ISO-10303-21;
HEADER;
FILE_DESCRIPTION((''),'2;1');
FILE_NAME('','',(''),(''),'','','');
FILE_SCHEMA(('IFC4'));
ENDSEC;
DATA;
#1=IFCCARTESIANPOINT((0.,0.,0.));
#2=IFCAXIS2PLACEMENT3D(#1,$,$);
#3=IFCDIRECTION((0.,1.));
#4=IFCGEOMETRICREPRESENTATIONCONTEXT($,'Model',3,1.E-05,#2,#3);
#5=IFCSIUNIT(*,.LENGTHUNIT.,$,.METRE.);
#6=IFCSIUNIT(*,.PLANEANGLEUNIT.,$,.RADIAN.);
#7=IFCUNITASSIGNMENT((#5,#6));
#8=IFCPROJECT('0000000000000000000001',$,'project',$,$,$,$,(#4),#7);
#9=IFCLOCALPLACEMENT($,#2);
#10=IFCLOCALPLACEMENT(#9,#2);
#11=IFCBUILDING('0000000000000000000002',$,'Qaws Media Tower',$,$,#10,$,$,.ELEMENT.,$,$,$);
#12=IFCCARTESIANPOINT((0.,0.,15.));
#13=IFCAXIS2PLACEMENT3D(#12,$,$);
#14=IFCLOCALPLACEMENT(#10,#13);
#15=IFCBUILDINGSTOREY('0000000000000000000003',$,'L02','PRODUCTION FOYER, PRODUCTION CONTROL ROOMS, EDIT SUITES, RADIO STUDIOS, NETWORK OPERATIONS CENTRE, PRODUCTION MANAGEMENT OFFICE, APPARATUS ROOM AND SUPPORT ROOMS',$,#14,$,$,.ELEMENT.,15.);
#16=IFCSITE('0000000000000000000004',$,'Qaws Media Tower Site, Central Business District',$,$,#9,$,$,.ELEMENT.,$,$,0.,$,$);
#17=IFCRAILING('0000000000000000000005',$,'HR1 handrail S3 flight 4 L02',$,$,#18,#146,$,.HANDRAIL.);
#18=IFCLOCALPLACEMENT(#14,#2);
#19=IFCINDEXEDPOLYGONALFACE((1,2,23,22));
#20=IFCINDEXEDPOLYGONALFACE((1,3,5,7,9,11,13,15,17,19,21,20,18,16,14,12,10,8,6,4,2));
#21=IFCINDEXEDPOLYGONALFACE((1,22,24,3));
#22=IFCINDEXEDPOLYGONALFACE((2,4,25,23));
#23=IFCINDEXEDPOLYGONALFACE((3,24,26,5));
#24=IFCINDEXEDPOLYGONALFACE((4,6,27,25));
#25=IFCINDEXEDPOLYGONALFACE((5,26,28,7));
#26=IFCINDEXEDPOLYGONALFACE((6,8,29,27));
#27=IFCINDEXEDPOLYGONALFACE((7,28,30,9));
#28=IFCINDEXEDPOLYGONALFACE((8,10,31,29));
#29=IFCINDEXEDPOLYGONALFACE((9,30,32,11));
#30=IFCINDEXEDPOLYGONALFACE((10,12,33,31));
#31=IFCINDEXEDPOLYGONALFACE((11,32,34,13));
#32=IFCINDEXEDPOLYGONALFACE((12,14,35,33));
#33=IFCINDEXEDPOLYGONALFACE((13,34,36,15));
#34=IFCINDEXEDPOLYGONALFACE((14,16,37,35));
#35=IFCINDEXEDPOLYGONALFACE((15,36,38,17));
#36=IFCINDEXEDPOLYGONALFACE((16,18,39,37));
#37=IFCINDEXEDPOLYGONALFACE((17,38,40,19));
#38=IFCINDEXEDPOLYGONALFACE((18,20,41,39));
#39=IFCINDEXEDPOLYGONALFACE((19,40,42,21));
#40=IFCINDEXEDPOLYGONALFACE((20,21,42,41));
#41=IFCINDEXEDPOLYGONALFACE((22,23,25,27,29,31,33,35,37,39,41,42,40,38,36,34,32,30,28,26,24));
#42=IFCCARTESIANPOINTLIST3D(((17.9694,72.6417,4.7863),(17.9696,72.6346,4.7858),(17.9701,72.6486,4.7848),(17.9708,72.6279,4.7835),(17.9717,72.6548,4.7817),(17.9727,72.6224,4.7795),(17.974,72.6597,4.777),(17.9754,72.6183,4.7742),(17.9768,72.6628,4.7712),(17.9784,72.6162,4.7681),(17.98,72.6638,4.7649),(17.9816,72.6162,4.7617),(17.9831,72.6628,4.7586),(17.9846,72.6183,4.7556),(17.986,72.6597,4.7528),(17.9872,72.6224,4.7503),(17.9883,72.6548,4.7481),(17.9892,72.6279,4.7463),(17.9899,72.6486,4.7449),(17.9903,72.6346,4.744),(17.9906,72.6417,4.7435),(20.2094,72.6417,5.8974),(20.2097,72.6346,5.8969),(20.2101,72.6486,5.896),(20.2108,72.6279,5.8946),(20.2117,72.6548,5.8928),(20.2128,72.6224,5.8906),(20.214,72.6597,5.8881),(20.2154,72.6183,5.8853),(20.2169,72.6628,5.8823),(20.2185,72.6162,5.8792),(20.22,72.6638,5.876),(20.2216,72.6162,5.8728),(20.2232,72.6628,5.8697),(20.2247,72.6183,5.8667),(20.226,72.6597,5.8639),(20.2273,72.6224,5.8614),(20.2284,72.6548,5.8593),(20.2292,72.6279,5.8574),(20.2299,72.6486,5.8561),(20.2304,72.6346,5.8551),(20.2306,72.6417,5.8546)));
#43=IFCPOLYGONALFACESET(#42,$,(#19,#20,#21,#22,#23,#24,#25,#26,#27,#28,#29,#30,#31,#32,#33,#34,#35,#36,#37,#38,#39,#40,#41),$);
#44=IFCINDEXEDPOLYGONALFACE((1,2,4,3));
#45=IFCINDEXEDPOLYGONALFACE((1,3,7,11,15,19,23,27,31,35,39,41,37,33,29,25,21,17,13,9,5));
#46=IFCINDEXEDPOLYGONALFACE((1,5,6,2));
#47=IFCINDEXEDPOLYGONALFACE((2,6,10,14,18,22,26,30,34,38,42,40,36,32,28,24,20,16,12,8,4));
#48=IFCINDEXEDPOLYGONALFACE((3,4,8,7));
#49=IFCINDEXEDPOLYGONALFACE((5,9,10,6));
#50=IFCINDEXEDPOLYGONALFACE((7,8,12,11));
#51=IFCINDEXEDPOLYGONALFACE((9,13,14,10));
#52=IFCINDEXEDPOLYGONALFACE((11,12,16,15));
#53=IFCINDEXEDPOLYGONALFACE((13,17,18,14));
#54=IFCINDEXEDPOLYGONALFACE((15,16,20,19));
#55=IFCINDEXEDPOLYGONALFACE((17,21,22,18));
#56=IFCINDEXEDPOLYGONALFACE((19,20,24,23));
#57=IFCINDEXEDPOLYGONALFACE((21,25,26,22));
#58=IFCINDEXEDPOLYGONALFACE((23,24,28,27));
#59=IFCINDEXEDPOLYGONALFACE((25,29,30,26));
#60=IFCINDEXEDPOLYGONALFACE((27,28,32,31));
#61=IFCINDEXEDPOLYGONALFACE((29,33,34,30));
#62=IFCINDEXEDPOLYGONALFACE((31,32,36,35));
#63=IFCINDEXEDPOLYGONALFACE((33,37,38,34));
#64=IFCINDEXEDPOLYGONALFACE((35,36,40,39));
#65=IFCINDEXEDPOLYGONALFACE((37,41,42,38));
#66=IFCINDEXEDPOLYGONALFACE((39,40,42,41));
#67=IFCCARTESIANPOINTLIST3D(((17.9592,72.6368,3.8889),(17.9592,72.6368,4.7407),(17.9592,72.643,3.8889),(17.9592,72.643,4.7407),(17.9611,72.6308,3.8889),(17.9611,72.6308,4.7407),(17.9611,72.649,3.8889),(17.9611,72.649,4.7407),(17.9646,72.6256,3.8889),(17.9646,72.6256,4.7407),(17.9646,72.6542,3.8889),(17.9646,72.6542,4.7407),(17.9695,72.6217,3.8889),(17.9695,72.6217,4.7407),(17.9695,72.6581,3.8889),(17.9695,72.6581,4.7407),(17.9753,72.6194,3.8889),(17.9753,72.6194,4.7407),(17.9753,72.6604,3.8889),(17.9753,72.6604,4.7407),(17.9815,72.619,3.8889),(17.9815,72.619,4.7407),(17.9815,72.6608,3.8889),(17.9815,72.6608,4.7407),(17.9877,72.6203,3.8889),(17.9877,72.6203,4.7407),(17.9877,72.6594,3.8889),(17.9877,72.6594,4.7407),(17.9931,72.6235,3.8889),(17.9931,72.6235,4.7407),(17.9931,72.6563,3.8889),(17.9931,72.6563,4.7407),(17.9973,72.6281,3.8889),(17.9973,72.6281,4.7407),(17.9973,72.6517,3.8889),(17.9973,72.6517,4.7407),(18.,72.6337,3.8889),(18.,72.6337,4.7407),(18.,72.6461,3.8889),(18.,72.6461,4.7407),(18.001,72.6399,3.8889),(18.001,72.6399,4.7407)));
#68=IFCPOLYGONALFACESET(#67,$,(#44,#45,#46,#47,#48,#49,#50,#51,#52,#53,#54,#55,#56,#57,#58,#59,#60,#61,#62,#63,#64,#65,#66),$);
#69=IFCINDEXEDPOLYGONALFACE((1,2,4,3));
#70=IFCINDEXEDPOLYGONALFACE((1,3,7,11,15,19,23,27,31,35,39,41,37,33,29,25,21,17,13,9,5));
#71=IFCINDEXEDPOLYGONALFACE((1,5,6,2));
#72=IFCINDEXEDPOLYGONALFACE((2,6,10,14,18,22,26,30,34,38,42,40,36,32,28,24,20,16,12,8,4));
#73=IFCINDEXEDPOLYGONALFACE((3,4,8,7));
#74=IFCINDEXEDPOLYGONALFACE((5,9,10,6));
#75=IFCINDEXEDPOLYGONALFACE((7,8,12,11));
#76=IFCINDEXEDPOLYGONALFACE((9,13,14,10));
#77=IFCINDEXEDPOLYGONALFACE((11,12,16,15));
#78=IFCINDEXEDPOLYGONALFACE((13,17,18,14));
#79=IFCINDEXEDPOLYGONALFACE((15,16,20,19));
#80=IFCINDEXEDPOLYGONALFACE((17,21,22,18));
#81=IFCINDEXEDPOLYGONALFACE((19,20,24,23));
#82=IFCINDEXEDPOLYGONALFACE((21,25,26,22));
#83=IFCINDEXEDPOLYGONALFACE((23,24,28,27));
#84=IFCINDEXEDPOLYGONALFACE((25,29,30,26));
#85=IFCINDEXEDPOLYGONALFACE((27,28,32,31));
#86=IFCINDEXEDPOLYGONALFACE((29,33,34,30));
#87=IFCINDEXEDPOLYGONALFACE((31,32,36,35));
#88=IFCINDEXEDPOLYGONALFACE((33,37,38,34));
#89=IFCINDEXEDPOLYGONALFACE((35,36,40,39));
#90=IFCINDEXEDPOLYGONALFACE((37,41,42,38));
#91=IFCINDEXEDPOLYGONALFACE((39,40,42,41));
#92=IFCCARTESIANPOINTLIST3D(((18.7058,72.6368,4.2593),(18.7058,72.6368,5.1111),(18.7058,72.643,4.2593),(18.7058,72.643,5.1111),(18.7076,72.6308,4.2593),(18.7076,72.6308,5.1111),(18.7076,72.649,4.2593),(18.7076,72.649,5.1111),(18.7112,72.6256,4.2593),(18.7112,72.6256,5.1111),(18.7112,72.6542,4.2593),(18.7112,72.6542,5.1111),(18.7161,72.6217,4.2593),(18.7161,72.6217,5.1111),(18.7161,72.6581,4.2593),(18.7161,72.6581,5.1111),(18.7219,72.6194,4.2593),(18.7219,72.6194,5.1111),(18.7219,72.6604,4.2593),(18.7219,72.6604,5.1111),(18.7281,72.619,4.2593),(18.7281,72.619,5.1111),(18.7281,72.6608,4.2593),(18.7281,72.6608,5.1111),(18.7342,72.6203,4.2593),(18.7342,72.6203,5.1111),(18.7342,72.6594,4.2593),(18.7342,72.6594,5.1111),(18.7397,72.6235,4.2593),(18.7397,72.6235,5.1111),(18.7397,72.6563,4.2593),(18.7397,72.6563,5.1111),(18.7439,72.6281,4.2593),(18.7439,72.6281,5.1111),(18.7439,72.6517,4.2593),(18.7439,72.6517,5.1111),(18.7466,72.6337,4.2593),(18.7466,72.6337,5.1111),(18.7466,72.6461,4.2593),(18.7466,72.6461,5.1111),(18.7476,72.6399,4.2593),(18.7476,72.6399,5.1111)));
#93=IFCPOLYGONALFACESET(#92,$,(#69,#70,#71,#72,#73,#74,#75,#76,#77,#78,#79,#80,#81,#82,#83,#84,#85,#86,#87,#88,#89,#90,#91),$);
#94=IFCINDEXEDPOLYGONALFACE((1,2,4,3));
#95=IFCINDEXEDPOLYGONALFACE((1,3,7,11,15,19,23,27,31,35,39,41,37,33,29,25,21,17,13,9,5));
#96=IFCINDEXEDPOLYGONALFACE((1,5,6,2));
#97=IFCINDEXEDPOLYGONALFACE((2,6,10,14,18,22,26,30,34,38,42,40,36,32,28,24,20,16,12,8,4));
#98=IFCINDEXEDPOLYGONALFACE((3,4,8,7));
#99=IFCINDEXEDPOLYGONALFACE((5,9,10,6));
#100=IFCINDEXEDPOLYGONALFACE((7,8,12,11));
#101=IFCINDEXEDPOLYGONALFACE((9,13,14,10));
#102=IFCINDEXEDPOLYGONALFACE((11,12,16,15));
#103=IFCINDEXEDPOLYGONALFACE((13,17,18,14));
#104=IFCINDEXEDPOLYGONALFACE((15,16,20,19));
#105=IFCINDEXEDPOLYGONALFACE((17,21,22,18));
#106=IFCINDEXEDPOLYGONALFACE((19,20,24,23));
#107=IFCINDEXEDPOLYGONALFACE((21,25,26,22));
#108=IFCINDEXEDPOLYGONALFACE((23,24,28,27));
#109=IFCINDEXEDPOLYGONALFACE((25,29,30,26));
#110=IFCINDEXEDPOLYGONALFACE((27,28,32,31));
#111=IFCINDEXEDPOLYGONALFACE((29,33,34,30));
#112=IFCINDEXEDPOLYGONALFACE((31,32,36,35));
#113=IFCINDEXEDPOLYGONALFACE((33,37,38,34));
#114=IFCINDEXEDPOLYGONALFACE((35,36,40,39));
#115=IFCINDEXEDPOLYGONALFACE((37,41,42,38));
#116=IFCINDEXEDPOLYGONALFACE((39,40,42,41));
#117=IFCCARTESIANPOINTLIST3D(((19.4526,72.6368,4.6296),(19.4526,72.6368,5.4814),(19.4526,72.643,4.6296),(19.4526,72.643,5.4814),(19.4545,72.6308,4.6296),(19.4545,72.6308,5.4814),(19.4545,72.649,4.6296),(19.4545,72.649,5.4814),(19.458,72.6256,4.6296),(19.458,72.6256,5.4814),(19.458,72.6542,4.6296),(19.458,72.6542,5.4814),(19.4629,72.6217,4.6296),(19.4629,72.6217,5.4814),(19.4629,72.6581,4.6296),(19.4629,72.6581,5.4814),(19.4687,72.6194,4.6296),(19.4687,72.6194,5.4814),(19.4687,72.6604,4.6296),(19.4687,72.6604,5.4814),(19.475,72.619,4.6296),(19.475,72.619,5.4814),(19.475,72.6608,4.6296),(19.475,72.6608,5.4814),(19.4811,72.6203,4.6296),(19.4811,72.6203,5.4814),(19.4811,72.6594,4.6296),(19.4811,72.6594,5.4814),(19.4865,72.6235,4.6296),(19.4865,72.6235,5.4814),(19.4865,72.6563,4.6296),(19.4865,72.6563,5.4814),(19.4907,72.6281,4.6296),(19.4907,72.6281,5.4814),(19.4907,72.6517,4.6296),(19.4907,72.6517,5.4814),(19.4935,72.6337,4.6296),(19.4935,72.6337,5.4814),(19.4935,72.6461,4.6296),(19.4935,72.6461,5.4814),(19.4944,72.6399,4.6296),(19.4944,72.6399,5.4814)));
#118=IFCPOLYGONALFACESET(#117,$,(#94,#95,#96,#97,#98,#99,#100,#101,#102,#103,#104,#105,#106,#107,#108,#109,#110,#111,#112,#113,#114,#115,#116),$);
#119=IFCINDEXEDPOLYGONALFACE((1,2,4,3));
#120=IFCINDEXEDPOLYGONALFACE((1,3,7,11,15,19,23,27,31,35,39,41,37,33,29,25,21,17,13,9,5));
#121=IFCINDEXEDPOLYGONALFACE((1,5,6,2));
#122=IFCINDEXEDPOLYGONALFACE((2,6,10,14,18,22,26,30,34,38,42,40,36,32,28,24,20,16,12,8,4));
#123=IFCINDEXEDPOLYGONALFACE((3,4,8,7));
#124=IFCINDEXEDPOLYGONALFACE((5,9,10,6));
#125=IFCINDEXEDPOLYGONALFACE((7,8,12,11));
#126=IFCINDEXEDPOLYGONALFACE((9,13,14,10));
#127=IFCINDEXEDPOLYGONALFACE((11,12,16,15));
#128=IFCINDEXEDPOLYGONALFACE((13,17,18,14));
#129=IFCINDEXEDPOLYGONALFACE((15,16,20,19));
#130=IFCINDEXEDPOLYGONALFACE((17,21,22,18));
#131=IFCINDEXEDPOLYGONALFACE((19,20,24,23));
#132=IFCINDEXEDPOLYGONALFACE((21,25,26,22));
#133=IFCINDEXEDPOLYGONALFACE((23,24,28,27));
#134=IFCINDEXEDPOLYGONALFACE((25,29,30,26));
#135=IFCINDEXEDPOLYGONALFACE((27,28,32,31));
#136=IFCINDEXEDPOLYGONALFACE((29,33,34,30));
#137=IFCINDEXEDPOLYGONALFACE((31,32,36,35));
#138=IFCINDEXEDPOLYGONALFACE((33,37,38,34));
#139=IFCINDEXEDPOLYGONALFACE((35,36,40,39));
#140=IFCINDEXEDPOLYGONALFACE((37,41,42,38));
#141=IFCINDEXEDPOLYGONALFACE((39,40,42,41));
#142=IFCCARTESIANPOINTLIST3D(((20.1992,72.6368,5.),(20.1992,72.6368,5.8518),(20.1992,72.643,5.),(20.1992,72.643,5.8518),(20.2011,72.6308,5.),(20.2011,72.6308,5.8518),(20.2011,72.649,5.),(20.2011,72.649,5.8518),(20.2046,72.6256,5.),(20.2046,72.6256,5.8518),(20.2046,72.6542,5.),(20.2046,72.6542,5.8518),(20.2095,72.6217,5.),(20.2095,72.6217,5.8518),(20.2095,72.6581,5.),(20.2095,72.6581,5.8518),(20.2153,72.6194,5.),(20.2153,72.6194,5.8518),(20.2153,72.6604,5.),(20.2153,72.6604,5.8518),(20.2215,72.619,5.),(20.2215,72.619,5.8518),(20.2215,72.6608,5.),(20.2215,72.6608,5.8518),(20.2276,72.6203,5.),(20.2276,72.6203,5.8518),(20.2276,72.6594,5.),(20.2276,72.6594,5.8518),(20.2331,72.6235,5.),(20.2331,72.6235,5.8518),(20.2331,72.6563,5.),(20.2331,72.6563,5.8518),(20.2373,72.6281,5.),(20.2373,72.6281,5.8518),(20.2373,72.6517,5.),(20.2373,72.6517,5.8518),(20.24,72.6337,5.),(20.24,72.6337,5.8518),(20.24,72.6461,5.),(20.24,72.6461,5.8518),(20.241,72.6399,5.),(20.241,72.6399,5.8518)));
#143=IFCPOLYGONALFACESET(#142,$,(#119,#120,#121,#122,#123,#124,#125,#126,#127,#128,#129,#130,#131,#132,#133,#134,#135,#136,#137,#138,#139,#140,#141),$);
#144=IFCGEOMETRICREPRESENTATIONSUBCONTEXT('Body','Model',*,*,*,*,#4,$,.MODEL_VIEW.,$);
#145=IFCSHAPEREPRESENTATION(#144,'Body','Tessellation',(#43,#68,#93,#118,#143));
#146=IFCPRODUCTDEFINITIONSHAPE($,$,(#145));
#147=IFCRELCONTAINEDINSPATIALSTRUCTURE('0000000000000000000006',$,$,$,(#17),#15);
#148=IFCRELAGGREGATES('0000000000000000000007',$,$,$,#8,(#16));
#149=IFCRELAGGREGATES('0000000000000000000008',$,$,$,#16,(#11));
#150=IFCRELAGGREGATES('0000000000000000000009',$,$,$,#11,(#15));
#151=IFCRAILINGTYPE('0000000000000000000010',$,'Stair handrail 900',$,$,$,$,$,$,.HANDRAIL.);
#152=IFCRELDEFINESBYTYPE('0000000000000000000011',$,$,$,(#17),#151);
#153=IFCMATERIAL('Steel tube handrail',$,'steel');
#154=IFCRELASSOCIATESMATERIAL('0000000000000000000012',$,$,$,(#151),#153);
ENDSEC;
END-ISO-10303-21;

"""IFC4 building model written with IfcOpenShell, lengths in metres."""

from ifc_helpers import new_model, si_unit, direction, frame, origin, origin_2d, place, context, subcontext, project, spatial, circle, extrude, material, type_object, element, save


model = new_model("IFC4")

# Units and contexts
model_context = context("Model", 3, precision=1e-05, world=origin(), true_north=direction((0.0, 1.0)))
body_context = subcontext(model_context, "Body", "Model", "MODEL_VIEW")
ifc_project = project(units=[si_unit("LENGTHUNIT", "METRE"), si_unit("PLANEANGLEUNIT", "RADIAN")], contexts=[model_context])

# Site, building, storey
site_placement = place(None, origin())
site = spatial("IfcSite", under=ifc_project, at=site_placement, Name="Qaws Media Tower Site, Central Business District", CompositionType="ELEMENT", RefElevation=0.0)
building_placement = place(site_placement, origin())
building = spatial("IfcBuilding", under=site, at=building_placement, Name="Qaws Media Tower", CompositionType="ELEMENT")
storey_placement = place(building_placement, frame((0.0, 0.0, 15.0)))
storey = spatial("IfcBuildingStorey", under=building, at=storey_placement, Name="L02", Description="PRODUCTION FOYER, PRODUCTION CONTROL ROOMS, EDIT SUITES, RADIO STUDIOS, NETWORK OPERATIONS CENTRE, PRODUCTION MANAGEMENT OFFICE, APPARATUS ROOM AND SUPPORT ROOMS", CompositionType="ELEMENT", Elevation=15.0)

# Railing
ifc_material_1 = material(Name="Steel tube handrail", Category="steel")
railing_type = type_object("IfcRailingType", Name="Stair handrail 900", PredefinedType="HANDRAIL", material=ifc_material_1)
for number, where, name in (
    (1, (17.98, 72.6399, 3.8889), "HR1 handrail S3 flight 4 L02"),
):
    element("IfcRailing", number, at=place(storey_placement, frame(where)), inside=storey, type_object=railing_type, Name=name, PredefinedType="HANDRAIL", context=body_context, shape_type="SweptSolid", body=[
        extrude(circle(Radius=0.0239, at=origin_2d()), frame((0.0, 0.0, 0.876), z_axis=(0.895848, 0.0, 0.44436), x_axis=(0.0, 1.0, 0.0)), (0.0, 0.0, 1.0), 2.5005),
        extrude(circle(Radius=0.021, at=origin_2d()), origin(), (0.0, 0.0, 1.0), 0.8518),
        extrude(circle(Radius=0.021, at=origin_2d()), frame((0.7466, 0.0, 0.3704)), (0.0, 0.0, 1.0), 0.8518),
        extrude(circle(Radius=0.021, at=origin_2d()), frame((1.4934, 0.0, 0.7407)), (0.0, 0.0, 1.0), 0.8518),
        extrude(circle(Radius=0.021, at=origin_2d()), frame((2.24, 0.0, 1.1111)), (0.0, 0.0, 1.0), 0.8518),
    ])

save(model, "model.ifc")
